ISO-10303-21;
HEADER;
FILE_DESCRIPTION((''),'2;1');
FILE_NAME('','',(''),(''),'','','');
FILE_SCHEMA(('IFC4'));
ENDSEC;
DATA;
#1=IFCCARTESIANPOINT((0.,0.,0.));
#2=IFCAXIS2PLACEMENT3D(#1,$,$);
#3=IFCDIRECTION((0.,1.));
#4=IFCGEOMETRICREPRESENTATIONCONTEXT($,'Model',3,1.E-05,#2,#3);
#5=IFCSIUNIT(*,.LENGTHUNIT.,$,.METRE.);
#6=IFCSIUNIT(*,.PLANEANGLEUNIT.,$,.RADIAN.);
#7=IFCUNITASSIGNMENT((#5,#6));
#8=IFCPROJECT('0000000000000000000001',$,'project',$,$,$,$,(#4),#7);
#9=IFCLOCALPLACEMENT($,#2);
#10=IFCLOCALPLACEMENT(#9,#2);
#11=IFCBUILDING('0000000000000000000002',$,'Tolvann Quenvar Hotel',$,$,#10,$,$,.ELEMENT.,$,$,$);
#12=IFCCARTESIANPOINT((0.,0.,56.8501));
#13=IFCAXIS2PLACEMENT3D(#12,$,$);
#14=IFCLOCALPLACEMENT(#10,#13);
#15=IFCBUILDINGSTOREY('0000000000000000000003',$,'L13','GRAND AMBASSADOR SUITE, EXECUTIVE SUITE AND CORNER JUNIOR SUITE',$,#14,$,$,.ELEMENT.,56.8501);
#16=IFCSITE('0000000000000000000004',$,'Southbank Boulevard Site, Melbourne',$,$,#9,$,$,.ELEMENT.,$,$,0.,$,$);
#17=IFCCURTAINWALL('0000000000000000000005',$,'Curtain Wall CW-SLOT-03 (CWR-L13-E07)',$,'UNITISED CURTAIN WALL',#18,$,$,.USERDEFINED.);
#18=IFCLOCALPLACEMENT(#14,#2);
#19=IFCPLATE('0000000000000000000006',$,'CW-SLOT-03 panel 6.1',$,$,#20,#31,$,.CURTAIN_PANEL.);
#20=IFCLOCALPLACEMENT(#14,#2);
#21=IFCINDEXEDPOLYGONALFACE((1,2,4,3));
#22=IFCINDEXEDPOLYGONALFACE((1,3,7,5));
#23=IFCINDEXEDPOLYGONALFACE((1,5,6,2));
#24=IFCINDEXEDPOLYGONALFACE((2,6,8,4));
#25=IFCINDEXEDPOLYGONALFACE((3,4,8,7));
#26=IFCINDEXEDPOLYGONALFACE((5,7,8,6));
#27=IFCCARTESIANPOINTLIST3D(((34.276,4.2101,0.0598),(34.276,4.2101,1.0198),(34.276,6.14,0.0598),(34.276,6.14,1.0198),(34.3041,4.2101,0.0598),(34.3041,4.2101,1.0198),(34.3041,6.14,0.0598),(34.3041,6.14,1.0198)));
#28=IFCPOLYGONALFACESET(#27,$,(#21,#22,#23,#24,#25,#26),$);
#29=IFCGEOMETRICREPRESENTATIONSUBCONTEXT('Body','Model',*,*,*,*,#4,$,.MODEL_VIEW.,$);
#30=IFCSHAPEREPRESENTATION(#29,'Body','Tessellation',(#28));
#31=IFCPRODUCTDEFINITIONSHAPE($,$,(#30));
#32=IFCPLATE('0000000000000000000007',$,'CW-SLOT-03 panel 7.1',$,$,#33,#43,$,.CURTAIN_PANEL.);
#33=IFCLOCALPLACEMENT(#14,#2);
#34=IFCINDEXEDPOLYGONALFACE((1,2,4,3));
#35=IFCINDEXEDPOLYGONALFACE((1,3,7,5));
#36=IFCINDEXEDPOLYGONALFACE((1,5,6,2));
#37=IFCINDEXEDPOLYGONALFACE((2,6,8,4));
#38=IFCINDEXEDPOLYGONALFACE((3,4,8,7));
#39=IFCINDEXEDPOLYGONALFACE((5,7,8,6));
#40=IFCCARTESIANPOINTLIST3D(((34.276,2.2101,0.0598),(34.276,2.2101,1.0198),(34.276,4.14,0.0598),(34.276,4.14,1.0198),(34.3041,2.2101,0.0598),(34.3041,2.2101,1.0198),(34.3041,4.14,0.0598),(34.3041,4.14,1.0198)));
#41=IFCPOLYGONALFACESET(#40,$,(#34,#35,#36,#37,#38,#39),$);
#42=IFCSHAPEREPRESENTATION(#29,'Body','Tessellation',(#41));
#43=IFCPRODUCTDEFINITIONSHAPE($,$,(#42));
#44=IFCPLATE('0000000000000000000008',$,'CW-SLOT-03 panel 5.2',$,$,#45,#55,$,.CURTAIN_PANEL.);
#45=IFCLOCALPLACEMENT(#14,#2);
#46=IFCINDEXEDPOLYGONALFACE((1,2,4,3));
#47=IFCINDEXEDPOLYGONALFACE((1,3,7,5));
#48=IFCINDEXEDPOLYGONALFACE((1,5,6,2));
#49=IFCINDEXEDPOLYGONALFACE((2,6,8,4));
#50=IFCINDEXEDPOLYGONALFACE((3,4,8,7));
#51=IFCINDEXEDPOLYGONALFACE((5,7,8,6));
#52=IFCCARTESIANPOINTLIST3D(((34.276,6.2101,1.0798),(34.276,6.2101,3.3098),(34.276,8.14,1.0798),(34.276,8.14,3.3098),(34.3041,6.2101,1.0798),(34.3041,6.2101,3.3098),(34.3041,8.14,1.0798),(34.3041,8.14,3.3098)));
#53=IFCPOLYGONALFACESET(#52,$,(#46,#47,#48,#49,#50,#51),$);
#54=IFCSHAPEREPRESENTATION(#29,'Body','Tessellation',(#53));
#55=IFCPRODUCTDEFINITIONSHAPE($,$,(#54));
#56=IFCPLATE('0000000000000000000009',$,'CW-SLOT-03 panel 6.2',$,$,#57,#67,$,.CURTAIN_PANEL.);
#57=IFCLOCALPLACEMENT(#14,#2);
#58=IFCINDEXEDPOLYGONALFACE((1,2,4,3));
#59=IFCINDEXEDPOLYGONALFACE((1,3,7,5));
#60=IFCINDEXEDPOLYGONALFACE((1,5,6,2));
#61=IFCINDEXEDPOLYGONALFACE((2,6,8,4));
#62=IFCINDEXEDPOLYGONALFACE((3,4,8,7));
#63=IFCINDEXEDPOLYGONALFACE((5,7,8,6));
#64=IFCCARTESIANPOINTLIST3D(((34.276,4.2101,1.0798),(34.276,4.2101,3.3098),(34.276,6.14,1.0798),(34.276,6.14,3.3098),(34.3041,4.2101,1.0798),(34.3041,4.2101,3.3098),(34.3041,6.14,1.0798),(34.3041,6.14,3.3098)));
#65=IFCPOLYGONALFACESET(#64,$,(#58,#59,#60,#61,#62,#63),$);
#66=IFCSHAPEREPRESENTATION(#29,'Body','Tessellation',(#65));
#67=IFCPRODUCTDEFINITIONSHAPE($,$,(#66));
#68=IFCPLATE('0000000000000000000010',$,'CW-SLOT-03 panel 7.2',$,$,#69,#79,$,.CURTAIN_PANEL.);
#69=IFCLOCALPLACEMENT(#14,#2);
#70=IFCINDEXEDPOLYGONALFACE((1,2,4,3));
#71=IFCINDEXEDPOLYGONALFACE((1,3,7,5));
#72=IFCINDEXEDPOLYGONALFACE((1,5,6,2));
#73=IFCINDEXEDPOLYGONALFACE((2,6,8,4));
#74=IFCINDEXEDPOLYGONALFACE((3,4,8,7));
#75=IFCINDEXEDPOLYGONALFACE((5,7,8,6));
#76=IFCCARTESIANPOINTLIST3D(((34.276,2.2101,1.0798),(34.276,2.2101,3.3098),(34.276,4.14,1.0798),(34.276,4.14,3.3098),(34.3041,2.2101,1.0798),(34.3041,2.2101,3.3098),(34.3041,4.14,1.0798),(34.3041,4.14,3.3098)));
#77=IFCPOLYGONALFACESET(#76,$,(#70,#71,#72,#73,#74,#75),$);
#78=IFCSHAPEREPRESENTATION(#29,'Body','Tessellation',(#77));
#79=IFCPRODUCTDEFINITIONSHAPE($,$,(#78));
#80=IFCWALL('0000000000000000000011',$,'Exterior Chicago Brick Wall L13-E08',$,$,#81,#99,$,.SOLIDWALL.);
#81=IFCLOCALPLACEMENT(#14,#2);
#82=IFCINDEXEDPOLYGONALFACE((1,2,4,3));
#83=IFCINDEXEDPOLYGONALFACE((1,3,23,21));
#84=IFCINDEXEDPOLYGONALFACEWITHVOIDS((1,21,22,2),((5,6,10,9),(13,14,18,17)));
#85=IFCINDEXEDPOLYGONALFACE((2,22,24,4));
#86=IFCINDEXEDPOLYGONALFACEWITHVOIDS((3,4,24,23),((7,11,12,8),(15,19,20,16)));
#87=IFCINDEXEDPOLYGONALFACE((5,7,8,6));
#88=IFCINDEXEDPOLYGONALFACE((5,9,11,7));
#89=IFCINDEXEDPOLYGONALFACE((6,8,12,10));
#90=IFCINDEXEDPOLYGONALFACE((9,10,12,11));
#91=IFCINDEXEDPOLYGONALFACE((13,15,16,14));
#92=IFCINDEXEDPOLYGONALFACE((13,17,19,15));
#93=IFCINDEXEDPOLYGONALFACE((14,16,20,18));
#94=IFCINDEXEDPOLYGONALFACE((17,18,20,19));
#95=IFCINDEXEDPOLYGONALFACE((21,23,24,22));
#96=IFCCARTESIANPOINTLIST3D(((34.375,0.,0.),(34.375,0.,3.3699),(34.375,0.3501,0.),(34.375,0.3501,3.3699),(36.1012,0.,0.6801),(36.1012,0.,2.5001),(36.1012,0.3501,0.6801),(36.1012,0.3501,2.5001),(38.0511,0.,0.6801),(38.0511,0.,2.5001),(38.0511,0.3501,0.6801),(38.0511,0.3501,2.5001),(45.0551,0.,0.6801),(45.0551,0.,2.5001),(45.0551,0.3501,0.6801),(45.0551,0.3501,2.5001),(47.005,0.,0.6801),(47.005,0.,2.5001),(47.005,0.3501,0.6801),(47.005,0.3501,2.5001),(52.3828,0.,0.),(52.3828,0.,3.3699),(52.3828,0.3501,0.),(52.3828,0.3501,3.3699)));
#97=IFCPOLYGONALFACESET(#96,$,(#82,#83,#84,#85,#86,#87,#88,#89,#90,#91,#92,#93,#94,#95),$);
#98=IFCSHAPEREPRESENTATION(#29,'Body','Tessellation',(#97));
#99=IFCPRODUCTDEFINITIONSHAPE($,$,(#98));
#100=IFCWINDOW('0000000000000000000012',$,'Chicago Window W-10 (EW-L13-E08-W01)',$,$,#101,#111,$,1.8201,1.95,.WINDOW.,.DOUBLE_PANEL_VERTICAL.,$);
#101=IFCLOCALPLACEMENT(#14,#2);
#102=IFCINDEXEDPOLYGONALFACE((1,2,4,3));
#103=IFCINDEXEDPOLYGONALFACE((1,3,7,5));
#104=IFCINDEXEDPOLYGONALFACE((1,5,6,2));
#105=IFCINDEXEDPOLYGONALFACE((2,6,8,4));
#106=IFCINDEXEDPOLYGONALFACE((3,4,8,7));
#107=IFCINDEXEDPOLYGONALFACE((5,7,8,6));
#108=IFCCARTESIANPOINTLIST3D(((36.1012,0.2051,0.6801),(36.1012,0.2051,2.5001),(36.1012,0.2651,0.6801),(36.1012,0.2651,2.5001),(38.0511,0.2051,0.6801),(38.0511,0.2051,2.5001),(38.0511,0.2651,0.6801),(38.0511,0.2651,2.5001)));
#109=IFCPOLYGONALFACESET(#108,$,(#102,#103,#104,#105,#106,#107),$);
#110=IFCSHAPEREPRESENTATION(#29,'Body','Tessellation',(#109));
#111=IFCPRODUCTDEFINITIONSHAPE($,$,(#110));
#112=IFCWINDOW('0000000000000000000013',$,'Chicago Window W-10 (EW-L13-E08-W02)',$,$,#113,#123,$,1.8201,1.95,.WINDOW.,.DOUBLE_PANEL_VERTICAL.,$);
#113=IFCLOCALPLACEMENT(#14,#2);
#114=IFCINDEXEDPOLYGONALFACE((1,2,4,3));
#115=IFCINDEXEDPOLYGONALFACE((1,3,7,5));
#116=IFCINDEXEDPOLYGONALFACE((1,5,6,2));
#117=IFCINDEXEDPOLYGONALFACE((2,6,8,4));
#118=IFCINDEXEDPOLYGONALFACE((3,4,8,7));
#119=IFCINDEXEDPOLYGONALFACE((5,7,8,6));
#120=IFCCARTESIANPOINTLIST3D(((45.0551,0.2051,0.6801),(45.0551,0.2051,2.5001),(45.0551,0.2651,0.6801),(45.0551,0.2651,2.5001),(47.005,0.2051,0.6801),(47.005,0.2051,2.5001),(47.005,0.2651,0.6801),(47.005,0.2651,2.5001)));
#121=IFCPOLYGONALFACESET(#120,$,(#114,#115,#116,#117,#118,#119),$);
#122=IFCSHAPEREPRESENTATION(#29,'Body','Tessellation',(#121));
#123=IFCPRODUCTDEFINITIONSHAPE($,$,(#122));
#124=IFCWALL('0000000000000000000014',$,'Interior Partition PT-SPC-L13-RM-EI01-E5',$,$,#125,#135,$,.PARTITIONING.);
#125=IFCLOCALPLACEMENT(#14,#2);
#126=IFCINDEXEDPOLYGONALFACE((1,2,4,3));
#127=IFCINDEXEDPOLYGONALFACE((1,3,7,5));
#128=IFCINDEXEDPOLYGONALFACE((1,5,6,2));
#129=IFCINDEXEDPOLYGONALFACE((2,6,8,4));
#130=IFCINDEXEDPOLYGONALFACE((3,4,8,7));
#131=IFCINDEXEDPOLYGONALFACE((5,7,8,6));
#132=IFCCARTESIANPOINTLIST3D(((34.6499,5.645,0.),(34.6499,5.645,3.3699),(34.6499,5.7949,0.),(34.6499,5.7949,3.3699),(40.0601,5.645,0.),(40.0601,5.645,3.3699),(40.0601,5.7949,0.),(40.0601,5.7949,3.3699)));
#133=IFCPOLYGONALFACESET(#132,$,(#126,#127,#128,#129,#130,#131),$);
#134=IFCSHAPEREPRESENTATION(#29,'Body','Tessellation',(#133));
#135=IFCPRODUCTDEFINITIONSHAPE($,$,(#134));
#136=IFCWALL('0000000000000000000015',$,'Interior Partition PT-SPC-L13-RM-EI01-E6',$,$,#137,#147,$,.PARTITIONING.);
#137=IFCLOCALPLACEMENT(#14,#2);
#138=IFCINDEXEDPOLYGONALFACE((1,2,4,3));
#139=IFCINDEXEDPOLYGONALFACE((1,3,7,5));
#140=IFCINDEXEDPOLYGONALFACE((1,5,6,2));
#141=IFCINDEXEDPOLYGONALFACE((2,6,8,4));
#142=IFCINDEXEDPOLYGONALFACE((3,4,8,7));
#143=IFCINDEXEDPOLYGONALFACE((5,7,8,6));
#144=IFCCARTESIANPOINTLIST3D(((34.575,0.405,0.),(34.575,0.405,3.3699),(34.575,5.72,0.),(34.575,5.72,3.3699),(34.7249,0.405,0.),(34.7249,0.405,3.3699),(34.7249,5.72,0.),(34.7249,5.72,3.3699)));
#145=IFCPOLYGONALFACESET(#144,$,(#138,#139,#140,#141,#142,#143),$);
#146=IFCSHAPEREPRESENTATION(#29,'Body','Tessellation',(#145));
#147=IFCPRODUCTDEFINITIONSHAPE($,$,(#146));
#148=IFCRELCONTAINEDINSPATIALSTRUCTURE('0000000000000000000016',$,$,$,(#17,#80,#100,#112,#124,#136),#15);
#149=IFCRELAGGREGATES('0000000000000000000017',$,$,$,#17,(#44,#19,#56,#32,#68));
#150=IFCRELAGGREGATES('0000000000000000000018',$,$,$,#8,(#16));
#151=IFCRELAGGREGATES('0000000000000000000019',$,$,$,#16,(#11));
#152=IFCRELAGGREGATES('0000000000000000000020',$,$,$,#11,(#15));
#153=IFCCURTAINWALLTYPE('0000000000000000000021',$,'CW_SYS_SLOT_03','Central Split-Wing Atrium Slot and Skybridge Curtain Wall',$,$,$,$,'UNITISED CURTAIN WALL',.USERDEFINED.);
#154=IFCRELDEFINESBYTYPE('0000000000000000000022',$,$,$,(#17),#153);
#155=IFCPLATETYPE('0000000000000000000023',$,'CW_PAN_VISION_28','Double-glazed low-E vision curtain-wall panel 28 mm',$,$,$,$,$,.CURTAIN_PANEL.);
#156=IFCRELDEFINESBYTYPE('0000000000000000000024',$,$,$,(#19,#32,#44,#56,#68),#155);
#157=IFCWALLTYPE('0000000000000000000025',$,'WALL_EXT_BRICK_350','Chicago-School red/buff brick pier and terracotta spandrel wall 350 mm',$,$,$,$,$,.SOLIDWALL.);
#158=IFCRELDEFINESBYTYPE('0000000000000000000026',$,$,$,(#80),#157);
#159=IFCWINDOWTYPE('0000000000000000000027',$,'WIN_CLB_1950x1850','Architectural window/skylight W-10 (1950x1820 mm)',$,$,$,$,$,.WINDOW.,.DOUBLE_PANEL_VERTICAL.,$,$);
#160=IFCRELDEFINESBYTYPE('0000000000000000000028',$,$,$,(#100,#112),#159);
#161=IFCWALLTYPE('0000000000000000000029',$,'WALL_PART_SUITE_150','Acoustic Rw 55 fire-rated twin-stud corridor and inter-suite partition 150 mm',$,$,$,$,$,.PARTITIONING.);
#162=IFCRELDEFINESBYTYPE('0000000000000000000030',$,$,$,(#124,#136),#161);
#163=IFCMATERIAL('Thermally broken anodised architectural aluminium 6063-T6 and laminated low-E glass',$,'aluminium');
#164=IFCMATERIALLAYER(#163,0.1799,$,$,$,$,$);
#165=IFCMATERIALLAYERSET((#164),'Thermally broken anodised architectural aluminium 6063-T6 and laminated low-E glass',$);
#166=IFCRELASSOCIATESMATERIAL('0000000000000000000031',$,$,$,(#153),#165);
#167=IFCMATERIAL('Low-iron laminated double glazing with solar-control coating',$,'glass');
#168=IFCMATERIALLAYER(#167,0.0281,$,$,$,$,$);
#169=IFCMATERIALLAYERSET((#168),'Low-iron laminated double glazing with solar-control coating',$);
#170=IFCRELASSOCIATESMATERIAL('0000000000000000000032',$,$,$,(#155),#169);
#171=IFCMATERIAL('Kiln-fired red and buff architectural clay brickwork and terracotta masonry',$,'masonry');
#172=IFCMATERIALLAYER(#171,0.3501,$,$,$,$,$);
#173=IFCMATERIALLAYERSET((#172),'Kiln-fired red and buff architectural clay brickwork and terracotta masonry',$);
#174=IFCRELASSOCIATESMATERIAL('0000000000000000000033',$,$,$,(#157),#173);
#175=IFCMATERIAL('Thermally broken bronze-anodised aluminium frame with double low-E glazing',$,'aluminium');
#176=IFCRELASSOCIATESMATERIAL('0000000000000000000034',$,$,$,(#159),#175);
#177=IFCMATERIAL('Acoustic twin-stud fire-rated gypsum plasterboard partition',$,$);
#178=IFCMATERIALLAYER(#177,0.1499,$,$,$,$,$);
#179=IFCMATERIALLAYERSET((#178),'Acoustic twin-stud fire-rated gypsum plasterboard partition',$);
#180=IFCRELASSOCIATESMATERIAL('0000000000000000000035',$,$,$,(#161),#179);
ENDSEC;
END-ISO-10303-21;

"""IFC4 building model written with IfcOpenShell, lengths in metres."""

from ifc_helpers import new_model, si_unit, direction, frame, frame_2d, origin, origin_2d, place, context, subcontext, project, spatial, rectangle, extrude, source, transform, mapped, material, layer, layer_set, type_object, type_shapes, element, fill, aggregate, save


model = new_model("IFC4")

# Units and contexts
model_context = context("Model", 3, precision=1e-05, world=origin(), true_north=direction((0.0, 1.0)))
body_context = subcontext(model_context, "Body", "Model", "MODEL_VIEW")
ifc_project = project(units=[si_unit("LENGTHUNIT", "METRE"), si_unit("PLANEANGLEUNIT", "RADIAN")], contexts=[model_context])

# Site, building, storey
site_placement = place(None, origin())
site = spatial("IfcSite", under=ifc_project, at=site_placement, Name="Southbank Boulevard Site, Melbourne", CompositionType="ELEMENT", RefElevation=0.0)
building_placement = place(site_placement, origin())
building = spatial("IfcBuilding", under=site, at=building_placement, Name="Tolvann Quenvar Hotel", CompositionType="ELEMENT")
storey_placement = place(building_placement, frame((0.0, 0.0, 56.8501)))
storey = spatial("IfcBuildingStorey", under=building, at=storey_placement, Name="L13", Description="GRAND AMBASSADOR SUITE, EXECUTIVE SUITE AND CORNER JUNIOR SUITE", CompositionType="ELEMENT", Elevation=56.8501)

# Curtain wall, plates
ifc_material_1 = material(Name="Thermally broken anodised architectural aluminium 6063-T6 and laminated low-E glass", Category="aluminium")
ifc_layer_1 = layer(ifc_material_1, 0.1799)
ifc_layer_set_1 = layer_set([ifc_layer_1], Name="Thermally broken anodised architectural aluminium 6063-T6 and laminated low-E glass")
curtain_wall_type = type_object("IfcCurtainWallType", Name="CW_SYS_SLOT_03", Description="Central Split-Wing Atrium Slot and Skybridge Curtain Wall", ElementType="UNITISED CURTAIN WALL", PredefinedType="USERDEFINED", material=ifc_layer_set_1)
curtain_wall_placement = place(storey_placement, origin())
curtain_wall = element("IfcCurtainWall", 1, at=curtain_wall_placement, inside=storey, type_object=curtain_wall_type, Name="Curtain Wall CW-SLOT-03 (CWR-L13-E07)", ObjectType="UNITISED CURTAIN WALL", PredefinedType="USERDEFINED")
ifc_material_2 = material(Name="Low-iron laminated double glazing with solar-control coating", Category="glass")
ifc_layer_2 = layer(ifc_material_2, 0.0281)
ifc_layer_set_2 = layer_set([ifc_layer_2], Name="Low-iron laminated double glazing with solar-control coating")
plate_type = type_object("IfcPlateType", Name="CW_PAN_VISION_28", Description="Double-glazed low-E vision curtain-wall panel 28 mm", PredefinedType="CURTAIN_PANEL", material=ifc_layer_set_2)
shared_shape_1 = source(origin(), body_context, "Body", "SweptSolid", [
    extrude(rectangle(XDim=1.9299, YDim=0.0281, at=origin_2d()), origin(), (0.0, 0.0, 1.0), 0.96),
])
plate_1_placement = place(storey_placement, frame((34.29, 5.175, 0.0598), z_axis=(0.0, 0.0, 1.0), x_axis=(0.0, -1.0, 0.0)))
plate_1 = element("IfcPlate", 2, at=plate_1_placement, type_object=plate_type, Name="CW-SLOT-03 panel 6.1", PredefinedType="CURTAIN_PANEL", context=body_context, shape_type="MappedRepresentation", body=[
    mapped(shared_shape_1, transform((0.0, 0.0, 0.0), x_axis=(1.0, 0.0, 0.0), y_axis=(0.0, 1.0, 0.0), z_axis=(0.0, 0.0, 1.0), scale=1.0)),
])
plate_2_placement = place(storey_placement, frame((34.29, 3.175, 0.0598), z_axis=(0.0, 0.0, 1.0), x_axis=(0.0, -1.0, 0.0)))
plate_2 = element("IfcPlate", 3, at=plate_2_placement, type_object=plate_type, Name="CW-SLOT-03 panel 7.1", PredefinedType="CURTAIN_PANEL", context=body_context, shape_type="MappedRepresentation", body=[
    mapped(shared_shape_1, transform((0.0, 0.0, 0.0), x_axis=(1.0, 0.0, 0.0), y_axis=(0.0, 1.0, 0.0), z_axis=(0.0, 0.0, 1.0), scale=1.0)),
])
shared_shape_2 = source(origin(), body_context, "Body", "SweptSolid", [
    extrude(rectangle(XDim=1.9299, YDim=0.0281, at=origin_2d()), origin(), (0.0, 0.0, 1.0), 2.23),
])
plate_3_placement = place(storey_placement, frame((34.29, 7.175, 1.0798), z_axis=(0.0, 0.0, 1.0), x_axis=(0.0, -1.0, 0.0)))
plate_3 = element("IfcPlate", 4, at=plate_3_placement, type_object=plate_type, Name="CW-SLOT-03 panel 5.2", PredefinedType="CURTAIN_PANEL", context=body_context, shape_type="MappedRepresentation", body=[
    mapped(shared_shape_2, transform((0.0, 0.0, 0.0), x_axis=(1.0, 0.0, 0.0), y_axis=(0.0, 1.0, 0.0), z_axis=(0.0, 0.0, 1.0), scale=1.0)),
])
plate_4_placement = place(storey_placement, frame((34.29, 5.175, 1.0798), z_axis=(0.0, 0.0, 1.0), x_axis=(0.0, -1.0, 0.0)))
plate_4 = element("IfcPlate", 5, at=plate_4_placement, type_object=plate_type, Name="CW-SLOT-03 panel 6.2", PredefinedType="CURTAIN_PANEL", context=body_context, shape_type="MappedRepresentation", body=[
    mapped(shared_shape_2, transform((0.0, 0.0, 0.0), x_axis=(1.0, 0.0, 0.0), y_axis=(0.0, 1.0, 0.0), z_axis=(0.0, 0.0, 1.0), scale=1.0)),
])
plate_5_placement = place(storey_placement, frame((34.29, 3.175, 1.0798), z_axis=(0.0, 0.0, 1.0), x_axis=(0.0, -1.0, 0.0)))
plate_5 = element("IfcPlate", 6, at=plate_5_placement, type_object=plate_type, Name="CW-SLOT-03 panel 7.2", PredefinedType="CURTAIN_PANEL", context=body_context, shape_type="MappedRepresentation", body=[
    mapped(shared_shape_2, transform((0.0, 0.0, 0.0), x_axis=(1.0, 0.0, 0.0), y_axis=(0.0, 1.0, 0.0), z_axis=(0.0, 0.0, 1.0), scale=1.0)),
])
aggregate(curtain_wall, [plate_3, plate_1, plate_4, plate_2, plate_5])

# Wall, openings, windows
ifc_material_3 = material(Name="Kiln-fired red and buff architectural clay brickwork and terracotta masonry", Category="masonry")
ifc_layer_3 = layer(ifc_material_3, 0.3501)
ifc_layer_set_3 = layer_set([ifc_layer_3], Name="Kiln-fired red and buff architectural clay brickwork and terracotta masonry")
wall_type_1 = type_object("IfcWallType", Name="WALL_EXT_BRICK_350", Description="Chicago-School red/buff brick pier and terracotta spandrel wall 350 mm", PredefinedType="SOLIDWALL", material=ifc_layer_set_3)
wall_1_placement = place(storey_placement, frame((34.375, 0.175, 0.0), z_axis=(0.0, 0.0, 1.0), x_axis=(1.0, 0.0, 0.0)))
wall_1 = element("IfcWall", 7, at=wall_1_placement, inside=storey, type_object=wall_type_1, Name="Exterior Chicago Brick Wall L13-E08", PredefinedType="SOLIDWALL", context=body_context, shape_type="SweptSolid", body=[
    extrude(rectangle(XDim=18.0078, YDim=0.3501, at=frame_2d((9.0039, 0.0))), origin(), (0.0, 0.0, 1.0), 3.3699),
])
opening_1_placement = place(wall_1_placement, frame((1.7261, 0.0, 0.6799)))
opening_1 = element("IfcOpeningElement", 8, at=opening_1_placement, cuts=wall_1, PredefinedType="OPENING", context=body_context, shape_type="SweptSolid", body=[
    extrude(rectangle(XDim=1.95, YDim=1.8201, at=frame_2d((0.9751, 0.9102))), frame((0.0, 0.1851, 0.0), z_axis=(0.0, -1.0, 0.0), x_axis=(1.0, 0.0, 0.0)), (0.0, 0.0, 1.0), 0.3701),
])
opening_2_placement = place(wall_1_placement, frame((10.6799, 0.0, 0.6799)))
opening_2 = element("IfcOpeningElement", 9, at=opening_2_placement, cuts=wall_1, PredefinedType="OPENING", context=body_context, shape_type="SweptSolid", body=[
    extrude(rectangle(XDim=1.95, YDim=1.8201, at=frame_2d((0.9751, 0.9102))), frame((0.0, 0.1851, 0.0), z_axis=(0.0, -1.0, 0.0), x_axis=(1.0, 0.0, 0.0)), (0.0, 0.0, 1.0), 0.3701),
])
ifc_material_4 = material(Name="Thermally broken bronze-anodised aluminium frame with double low-E glazing", Category="aluminium")
window_type = type_object("IfcWindowType", Name="WIN_CLB_1950x1850", Description="Architectural window/skylight W-10 (1950x1820 mm)", PartitioningType="DOUBLE_PANEL_VERTICAL", PredefinedType="WINDOW", material=ifc_material_4)
shared_shape_3 = source(origin(), body_context, "Body", "SweptSolid", [
    extrude(rectangle(XDim=1.95, YDim=1.8201, at=frame_2d((0.9751, 0.9102))), frame((0.0, 0.0901, 0.0), z_axis=(0.0, -1.0, 0.0), x_axis=(1.0, 0.0, 0.0)), (0.0, 0.0, 1.0), 0.0601),
])
type_shapes(window_type, [shared_shape_3])
window_1_placement = place(opening_1_placement, origin())
window_1 = element("IfcWindow", 10, at=window_1_placement, inside=storey, type_object=window_type, Name="Chicago Window W-10 (EW-L13-E08-W01)", OverallHeight=1.8201, OverallWidth=1.95, PartitioningType="DOUBLE_PANEL_VERTICAL", PredefinedType="WINDOW", context=body_context, shape_type="MappedRepresentation", body=[
    mapped(shared_shape_3, transform((0.0, 0.0, 0.0), x_axis=(1.0, 0.0, 0.0), y_axis=(0.0, 1.0, 0.0), z_axis=(0.0, 0.0, 1.0), scale=1.0)),
])
fill(opening_1, window_1)
window_2_placement = place(opening_2_placement, origin())
window_2 = element("IfcWindow", 11, at=window_2_placement, inside=storey, type_object=window_type, Name="Chicago Window W-10 (EW-L13-E08-W02)", OverallHeight=1.8201, OverallWidth=1.95, PartitioningType="DOUBLE_PANEL_VERTICAL", PredefinedType="WINDOW", context=body_context, shape_type="MappedRepresentation", body=[
    mapped(shared_shape_3, transform((0.0, 0.0, 0.0), x_axis=(1.0, 0.0, 0.0), y_axis=(0.0, 1.0, 0.0), z_axis=(0.0, 0.0, 1.0), scale=1.0)),
])
fill(opening_2, window_2)

# Walls
ifc_material_5 = material(Name="Acoustic twin-stud fire-rated gypsum plasterboard partition")
ifc_layer_4 = layer(ifc_material_5, 0.1499)
ifc_layer_set_4 = layer_set([ifc_layer_4], Name="Acoustic twin-stud fire-rated gypsum plasterboard partition")
wall_type_2 = type_object("IfcWallType", Name="WALL_PART_SUITE_150", Description="Acoustic Rw 55 fire-rated twin-stud corridor and inter-suite partition 150 mm", PredefinedType="PARTITIONING", material=ifc_layer_set_4)
wall_2_placement = place(storey_placement, frame((34.6499, 5.72, 0.0), z_axis=(0.0, 0.0, 1.0), x_axis=(1.0, 0.0, 0.0)))
element("IfcWall", 12, at=wall_2_placement, inside=storey, type_object=wall_type_2, Name="Interior Partition PT-SPC-L13-RM-EI01-E5", PredefinedType="PARTITIONING", context=body_context, shape_type="SweptSolid", body=[
    extrude(rectangle(XDim=5.4102, YDim=0.1499, at=frame_2d((2.7051, 0.0))), origin(), (0.0, 0.0, 1.0), 3.3699),
])
wall_3_placement = place(storey_placement, frame((34.6499, 0.405, 0.0), z_axis=(0.0, 0.0, 1.0), x_axis=(0.0, 1.0, 0.0)))
element("IfcWall", 13, at=wall_3_placement, inside=storey, type_object=wall_type_2, Name="Interior Partition PT-SPC-L13-RM-EI01-E6", PredefinedType="PARTITIONING", context=body_context, shape_type="SweptSolid", body=[
    extrude(rectangle(XDim=5.3149, YDim=0.1499, at=frame_2d((2.6575, 0.0))), origin(), (0.0, 0.0, 1.0), 3.3699),
])

save(model, "model.ifc")
